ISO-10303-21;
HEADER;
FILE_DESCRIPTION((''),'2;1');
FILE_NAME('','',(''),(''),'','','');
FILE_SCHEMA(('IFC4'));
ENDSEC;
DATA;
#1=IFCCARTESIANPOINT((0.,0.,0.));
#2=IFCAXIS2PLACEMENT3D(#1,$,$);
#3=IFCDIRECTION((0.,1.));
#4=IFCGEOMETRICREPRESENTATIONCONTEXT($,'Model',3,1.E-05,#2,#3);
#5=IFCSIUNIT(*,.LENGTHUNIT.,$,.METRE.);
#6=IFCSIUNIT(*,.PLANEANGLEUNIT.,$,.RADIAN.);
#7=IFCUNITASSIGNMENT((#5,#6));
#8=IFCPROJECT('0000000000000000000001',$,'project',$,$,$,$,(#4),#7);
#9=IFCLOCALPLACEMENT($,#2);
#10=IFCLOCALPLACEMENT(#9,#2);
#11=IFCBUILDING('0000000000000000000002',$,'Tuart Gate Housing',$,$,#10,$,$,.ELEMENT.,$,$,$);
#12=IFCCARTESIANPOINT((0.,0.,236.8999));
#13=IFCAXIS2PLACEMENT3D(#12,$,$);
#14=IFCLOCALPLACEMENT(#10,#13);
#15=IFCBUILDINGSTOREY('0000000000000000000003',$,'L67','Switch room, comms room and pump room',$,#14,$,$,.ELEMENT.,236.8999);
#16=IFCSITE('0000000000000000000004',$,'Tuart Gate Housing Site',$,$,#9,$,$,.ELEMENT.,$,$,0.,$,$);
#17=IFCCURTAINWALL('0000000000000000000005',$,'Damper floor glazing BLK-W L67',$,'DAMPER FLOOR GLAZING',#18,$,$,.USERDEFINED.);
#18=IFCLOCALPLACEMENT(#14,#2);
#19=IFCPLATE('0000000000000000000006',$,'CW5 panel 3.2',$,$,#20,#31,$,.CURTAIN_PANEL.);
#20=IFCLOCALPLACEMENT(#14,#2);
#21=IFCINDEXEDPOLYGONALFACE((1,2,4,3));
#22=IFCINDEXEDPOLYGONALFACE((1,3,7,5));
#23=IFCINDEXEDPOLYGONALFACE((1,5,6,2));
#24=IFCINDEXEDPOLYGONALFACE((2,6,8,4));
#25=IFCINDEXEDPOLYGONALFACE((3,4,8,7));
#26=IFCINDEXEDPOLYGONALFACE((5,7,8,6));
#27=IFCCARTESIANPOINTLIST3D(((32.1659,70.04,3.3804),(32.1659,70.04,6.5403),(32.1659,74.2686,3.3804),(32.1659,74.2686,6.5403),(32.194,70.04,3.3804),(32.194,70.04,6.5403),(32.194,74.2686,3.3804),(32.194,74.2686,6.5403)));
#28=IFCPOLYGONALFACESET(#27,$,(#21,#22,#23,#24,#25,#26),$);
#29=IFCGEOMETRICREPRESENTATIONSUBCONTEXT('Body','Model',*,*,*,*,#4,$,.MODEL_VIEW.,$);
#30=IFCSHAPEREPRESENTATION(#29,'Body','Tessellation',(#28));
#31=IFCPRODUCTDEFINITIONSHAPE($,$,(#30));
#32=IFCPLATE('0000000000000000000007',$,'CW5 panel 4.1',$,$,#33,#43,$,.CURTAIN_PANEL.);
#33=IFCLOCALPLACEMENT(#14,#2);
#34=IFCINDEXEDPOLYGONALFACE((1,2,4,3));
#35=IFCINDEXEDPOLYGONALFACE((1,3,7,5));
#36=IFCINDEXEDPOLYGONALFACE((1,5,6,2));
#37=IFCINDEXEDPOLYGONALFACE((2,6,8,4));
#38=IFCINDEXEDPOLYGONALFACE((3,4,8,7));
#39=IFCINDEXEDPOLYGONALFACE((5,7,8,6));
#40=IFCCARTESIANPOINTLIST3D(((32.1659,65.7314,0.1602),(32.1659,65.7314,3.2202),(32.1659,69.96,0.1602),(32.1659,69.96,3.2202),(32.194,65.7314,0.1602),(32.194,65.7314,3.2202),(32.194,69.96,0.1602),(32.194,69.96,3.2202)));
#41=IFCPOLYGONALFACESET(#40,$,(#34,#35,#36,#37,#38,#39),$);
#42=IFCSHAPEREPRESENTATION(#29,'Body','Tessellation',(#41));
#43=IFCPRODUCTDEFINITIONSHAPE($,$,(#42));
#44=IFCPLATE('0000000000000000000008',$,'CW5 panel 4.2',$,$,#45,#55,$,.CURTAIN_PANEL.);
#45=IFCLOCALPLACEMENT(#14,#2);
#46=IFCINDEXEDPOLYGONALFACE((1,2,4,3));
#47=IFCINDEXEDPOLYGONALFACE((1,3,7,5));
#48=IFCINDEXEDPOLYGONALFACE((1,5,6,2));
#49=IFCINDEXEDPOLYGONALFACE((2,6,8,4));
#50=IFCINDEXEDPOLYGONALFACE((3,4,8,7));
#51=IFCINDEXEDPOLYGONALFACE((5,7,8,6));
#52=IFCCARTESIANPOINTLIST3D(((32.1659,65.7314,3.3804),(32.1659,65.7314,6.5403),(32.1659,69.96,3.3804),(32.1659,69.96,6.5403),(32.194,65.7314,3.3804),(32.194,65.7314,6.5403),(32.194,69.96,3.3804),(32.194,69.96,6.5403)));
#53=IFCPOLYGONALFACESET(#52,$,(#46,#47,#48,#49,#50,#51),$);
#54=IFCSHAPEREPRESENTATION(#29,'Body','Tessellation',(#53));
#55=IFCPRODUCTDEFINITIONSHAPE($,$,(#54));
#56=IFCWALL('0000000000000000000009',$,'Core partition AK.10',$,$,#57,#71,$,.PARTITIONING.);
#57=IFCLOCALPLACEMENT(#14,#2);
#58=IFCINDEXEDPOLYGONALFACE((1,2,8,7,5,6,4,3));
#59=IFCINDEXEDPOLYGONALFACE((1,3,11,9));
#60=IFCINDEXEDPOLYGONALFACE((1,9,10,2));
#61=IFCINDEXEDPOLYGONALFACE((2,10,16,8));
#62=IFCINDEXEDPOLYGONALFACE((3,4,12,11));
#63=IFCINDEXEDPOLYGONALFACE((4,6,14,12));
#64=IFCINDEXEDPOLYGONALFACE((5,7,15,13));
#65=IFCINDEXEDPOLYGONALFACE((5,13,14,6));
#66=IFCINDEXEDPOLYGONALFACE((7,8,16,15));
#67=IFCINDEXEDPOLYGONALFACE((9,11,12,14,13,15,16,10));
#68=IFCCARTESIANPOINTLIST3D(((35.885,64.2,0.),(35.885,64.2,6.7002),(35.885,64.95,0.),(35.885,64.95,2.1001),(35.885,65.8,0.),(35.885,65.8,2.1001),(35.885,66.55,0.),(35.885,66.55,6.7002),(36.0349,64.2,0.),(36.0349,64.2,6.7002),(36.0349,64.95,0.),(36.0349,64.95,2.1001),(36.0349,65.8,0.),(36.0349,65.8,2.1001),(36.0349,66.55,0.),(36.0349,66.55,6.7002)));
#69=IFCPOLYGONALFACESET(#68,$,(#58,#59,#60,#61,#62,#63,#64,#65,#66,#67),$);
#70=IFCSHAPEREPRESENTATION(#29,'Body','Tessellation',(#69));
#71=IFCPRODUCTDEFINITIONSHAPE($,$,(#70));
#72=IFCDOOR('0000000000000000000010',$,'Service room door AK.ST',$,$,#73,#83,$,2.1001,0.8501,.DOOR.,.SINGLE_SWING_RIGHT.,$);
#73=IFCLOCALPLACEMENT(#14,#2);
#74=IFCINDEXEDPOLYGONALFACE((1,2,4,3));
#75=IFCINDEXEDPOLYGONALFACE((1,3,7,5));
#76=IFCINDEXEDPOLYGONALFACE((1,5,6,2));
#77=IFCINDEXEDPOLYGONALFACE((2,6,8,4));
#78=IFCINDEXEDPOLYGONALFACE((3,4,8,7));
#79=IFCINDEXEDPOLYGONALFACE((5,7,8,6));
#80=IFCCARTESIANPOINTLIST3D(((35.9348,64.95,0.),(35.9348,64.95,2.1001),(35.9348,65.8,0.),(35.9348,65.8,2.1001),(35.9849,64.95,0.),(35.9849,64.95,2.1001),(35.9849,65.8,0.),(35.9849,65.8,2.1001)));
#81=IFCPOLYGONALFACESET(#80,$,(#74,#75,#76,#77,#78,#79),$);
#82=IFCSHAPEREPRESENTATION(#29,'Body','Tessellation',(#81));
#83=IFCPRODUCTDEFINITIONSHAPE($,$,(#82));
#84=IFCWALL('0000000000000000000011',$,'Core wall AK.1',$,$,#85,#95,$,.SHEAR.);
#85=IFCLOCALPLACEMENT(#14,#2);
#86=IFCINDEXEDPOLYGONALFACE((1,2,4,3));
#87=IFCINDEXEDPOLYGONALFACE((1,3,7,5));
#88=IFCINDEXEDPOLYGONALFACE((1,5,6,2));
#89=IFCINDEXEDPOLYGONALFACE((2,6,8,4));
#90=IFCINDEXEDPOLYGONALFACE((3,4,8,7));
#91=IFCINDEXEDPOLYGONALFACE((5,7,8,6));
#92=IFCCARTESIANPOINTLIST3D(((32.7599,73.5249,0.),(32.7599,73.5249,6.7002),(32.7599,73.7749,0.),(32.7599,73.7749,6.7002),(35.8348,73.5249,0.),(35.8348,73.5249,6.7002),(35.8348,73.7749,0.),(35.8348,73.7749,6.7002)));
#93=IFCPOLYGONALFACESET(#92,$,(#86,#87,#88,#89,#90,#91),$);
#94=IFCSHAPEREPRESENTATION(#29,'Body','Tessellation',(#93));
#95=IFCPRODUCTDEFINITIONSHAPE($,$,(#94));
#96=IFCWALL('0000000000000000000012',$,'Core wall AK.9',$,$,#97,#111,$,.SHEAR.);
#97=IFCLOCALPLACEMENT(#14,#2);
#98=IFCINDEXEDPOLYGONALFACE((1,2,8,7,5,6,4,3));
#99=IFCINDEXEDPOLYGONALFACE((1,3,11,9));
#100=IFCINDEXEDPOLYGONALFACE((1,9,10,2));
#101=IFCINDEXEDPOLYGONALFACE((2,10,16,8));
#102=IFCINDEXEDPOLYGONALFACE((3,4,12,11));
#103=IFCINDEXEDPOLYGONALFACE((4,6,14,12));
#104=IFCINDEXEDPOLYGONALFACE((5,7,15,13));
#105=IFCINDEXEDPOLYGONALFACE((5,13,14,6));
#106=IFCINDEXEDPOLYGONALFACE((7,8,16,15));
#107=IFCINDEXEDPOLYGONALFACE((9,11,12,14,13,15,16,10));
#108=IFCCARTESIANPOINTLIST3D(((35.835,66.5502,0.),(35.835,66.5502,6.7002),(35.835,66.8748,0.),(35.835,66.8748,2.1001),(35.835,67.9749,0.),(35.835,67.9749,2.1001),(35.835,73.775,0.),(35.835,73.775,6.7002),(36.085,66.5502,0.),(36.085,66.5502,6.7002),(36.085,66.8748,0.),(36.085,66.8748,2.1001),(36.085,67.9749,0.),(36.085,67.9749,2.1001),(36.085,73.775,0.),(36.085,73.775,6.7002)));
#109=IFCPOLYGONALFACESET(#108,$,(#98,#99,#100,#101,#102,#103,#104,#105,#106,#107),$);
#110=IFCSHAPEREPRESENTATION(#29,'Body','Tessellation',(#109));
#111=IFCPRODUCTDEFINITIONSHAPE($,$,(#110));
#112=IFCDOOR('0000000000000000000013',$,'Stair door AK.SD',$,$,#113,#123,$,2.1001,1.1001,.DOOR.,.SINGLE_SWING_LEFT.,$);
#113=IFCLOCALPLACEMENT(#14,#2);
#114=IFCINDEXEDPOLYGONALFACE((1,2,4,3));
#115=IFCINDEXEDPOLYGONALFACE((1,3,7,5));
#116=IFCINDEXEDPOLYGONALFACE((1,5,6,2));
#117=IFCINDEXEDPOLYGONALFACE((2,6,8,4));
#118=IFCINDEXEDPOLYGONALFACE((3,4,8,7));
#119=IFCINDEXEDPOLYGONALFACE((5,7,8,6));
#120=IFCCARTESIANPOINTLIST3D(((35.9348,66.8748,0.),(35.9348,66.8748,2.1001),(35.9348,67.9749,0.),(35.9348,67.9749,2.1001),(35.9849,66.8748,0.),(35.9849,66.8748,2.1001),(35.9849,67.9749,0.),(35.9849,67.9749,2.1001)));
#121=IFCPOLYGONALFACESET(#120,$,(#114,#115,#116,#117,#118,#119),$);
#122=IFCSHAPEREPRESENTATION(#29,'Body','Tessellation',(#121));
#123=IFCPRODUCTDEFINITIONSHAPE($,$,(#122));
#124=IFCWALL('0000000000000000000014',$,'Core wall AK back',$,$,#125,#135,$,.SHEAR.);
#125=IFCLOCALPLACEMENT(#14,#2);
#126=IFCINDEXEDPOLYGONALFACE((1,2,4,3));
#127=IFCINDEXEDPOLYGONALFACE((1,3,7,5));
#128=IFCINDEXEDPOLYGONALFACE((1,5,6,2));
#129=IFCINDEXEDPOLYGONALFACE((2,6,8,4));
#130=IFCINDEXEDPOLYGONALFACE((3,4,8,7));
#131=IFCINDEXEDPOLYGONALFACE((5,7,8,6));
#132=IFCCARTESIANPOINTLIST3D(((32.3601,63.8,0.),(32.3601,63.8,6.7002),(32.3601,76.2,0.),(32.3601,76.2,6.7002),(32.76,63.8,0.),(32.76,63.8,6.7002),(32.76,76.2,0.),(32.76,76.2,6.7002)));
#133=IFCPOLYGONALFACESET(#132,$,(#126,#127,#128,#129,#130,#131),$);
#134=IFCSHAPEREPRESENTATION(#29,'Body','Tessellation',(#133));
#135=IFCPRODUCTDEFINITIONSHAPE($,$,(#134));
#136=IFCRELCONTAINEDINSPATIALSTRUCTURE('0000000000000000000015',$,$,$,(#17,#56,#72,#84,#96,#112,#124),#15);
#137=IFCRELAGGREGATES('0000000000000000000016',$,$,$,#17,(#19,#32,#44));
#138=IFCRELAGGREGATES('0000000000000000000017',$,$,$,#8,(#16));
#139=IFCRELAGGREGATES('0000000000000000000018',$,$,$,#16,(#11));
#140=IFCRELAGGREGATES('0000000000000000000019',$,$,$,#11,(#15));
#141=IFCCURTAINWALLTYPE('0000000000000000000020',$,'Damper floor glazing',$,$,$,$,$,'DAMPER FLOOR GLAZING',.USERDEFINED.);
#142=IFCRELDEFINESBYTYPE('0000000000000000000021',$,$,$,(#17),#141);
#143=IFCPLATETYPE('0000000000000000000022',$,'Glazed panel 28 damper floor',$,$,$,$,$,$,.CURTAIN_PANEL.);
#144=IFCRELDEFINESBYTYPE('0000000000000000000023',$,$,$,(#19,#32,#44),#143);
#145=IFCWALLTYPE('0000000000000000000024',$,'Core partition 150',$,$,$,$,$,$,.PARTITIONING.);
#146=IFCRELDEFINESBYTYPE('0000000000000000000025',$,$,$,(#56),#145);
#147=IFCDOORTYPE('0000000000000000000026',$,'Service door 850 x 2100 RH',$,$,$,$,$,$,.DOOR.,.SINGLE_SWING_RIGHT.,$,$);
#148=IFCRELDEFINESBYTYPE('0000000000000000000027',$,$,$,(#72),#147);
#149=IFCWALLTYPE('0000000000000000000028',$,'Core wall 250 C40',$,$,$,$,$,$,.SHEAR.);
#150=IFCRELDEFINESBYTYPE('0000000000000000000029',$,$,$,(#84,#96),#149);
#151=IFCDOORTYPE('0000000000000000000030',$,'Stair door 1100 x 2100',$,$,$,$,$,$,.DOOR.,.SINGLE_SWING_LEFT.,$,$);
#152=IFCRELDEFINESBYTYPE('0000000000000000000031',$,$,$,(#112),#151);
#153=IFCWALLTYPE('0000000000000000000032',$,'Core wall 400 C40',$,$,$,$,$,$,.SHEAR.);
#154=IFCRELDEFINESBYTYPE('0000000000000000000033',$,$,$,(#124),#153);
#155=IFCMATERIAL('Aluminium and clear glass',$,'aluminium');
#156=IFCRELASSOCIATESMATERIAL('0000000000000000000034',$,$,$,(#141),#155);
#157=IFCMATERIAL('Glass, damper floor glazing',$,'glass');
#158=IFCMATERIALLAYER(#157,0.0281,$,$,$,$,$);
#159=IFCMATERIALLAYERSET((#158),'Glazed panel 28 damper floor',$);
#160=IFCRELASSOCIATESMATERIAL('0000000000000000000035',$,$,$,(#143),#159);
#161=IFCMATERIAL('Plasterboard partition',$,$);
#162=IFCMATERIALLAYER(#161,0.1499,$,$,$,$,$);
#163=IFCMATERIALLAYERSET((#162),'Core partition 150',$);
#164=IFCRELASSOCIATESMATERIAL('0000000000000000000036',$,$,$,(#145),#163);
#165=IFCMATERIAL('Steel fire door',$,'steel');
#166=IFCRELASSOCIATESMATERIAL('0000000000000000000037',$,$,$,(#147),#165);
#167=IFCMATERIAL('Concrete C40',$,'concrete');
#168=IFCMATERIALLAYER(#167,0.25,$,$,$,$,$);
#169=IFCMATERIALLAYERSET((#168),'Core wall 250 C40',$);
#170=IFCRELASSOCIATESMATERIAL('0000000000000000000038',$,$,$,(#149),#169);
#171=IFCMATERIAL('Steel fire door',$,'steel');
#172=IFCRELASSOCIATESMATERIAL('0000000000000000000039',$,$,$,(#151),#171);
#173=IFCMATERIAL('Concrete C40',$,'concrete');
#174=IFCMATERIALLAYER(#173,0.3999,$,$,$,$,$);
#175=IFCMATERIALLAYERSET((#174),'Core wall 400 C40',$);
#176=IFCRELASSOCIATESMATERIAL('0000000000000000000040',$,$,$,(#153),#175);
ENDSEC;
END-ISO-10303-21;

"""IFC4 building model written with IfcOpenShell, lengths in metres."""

from ifc_helpers import new_model, si_unit, direction, frame, frame_2d, origin, origin_2d, place, context, subcontext, project, spatial, rectangle, extrude, material, layer, layer_set, type_object, element, fill, aggregate, save


model = new_model("IFC4")

# Units and contexts
model_context = context("Model", 3, precision=1e-05, world=origin(), true_north=direction((0.0, 1.0)))
body_context = subcontext(model_context, "Body", "Model", "MODEL_VIEW")
ifc_project = project(units=[si_unit("LENGTHUNIT", "METRE"), si_unit("PLANEANGLEUNIT", "RADIAN")], contexts=[model_context])

# Site, building, storey
site_placement = place(None, origin())
site = spatial("IfcSite", under=ifc_project, at=site_placement, Name="Tuart Gate Housing Site", CompositionType="ELEMENT", RefElevation=0.0)
building_placement = place(site_placement, origin())
building = spatial("IfcBuilding", under=site, at=building_placement, Name="Tuart Gate Housing", CompositionType="ELEMENT")
storey_placement = place(building_placement, frame((0.0, 0.0, 236.8999)))
storey = spatial("IfcBuildingStorey", under=building, at=storey_placement, Name="L67", Description="Switch room, comms room and pump room", CompositionType="ELEMENT", Elevation=236.8999)

# Curtain wall, plates
ifc_material_1 = material(Name="Aluminium and clear glass", Category="aluminium")
curtain_wall_type = type_object("IfcCurtainWallType", Name="Damper floor glazing", ElementType="DAMPER FLOOR GLAZING", PredefinedType="USERDEFINED", material=ifc_material_1)
curtain_wall_placement = place(storey_placement, origin())
curtain_wall = element("IfcCurtainWall", 1, at=curtain_wall_placement, inside=storey, type_object=curtain_wall_type, Name="Damper floor glazing BLK-W L67", ObjectType="DAMPER FLOOR GLAZING", PredefinedType="USERDEFINED")
ifc_material_2 = material(Name="Glass, damper floor glazing", Category="glass")
ifc_layer_1 = layer(ifc_material_2, 0.0281)
ifc_layer_set_1 = layer_set([ifc_layer_1], Name="Glazed panel 28 damper floor")
plate_type = type_object("IfcPlateType", Name="Glazed panel 28 damper floor", PredefinedType="CURTAIN_PANEL", material=ifc_layer_set_1)
plate_1_placement = place(storey_placement, frame((32.1799, 72.1543, 3.3804), z_axis=(0.0, 0.0, 1.0), x_axis=(0.0, -1.0, 0.0)))
plate_1 = element("IfcPlate", 2, at=plate_1_placement, type_object=plate_type, Name="CW5 panel 3.2", PredefinedType="CURTAIN_PANEL", context=body_context, shape_type="SweptSolid", body=[
    extrude(rectangle(XDim=4.2285, YDim=0.0281, at=origin_2d()), origin(), (0.0, 0.0, 1.0), 3.1599),
])
plate_2_placement = place(storey_placement, frame((32.1799, 67.8457, 0.1602), z_axis=(0.0, 0.0, 1.0), x_axis=(0.0, -1.0, 0.0)))
plate_2 = element("IfcPlate", 3, at=plate_2_placement, type_object=plate_type, Name="CW5 panel 4.1", PredefinedType="CURTAIN_PANEL", context=body_context, shape_type="SweptSolid", body=[
    extrude(rectangle(XDim=4.2285, YDim=0.0281, at=origin_2d()), origin(), (0.0, 0.0, 1.0), 3.0601),
])
plate_3_placement = place(storey_placement, frame((32.1799, 67.8457, 3.3804), z_axis=(0.0, 0.0, 1.0), x_axis=(0.0, -1.0, 0.0)))
plate_3 = element("IfcPlate", 4, at=plate_3_placement, type_object=plate_type, Name="CW5 panel 4.2", PredefinedType="CURTAIN_PANEL", context=body_context, shape_type="SweptSolid", body=[
    extrude(rectangle(XDim=4.2285, YDim=0.0281, at=origin_2d()), origin(), (0.0, 0.0, 1.0), 3.1599),
])
aggregate(curtain_wall, [plate_1, plate_2, plate_3])

# Wall, opening, door
ifc_material_3 = material(Name="Plasterboard partition")
ifc_layer_2 = layer(ifc_material_3, 0.1499)
ifc_layer_set_2 = layer_set([ifc_layer_2], Name="Core partition 150")
wall_type_1 = type_object("IfcWallType", Name="Core partition 150", PredefinedType="PARTITIONING", material=ifc_layer_set_2)
wall_1_placement = place(storey_placement, frame((35.96, 66.55, 0.0), z_axis=(0.0, 0.0, 1.0), x_axis=(0.0, -1.0, 0.0)))
wall_1 = element("IfcWall", 5, at=wall_1_placement, inside=storey, type_object=wall_type_1, Name="Core partition AK.10", PredefinedType="PARTITIONING", context=body_context, shape_type="SweptSolid", body=[
    extrude(rectangle(XDim=2.3501, YDim=0.1499, at=frame_2d((1.175, 0.0))), origin(), (0.0, 0.0, 1.0), 6.7002),
])
opening_1_placement = place(wall_1_placement, frame((0.75, 0.0, 0.0)))
opening_1 = element("IfcOpeningElement", 6, at=opening_1_placement, cuts=wall_1, PredefinedType="OPENING", context=body_context, shape_type="SweptSolid", body=[
    extrude(rectangle(XDim=0.8501, YDim=2.1001, at=frame_2d((0.425, 1.05))), frame((0.0, 0.085, 0.0), z_axis=(0.0, -1.0, 0.0), x_axis=(1.0, 0.0, 0.0)), (0.0, 0.0, 1.0), 0.1699),
])
ifc_material_4 = material(Name="Steel fire door", Category="steel")
door_type_1 = type_object("IfcDoorType", Name="Service door 850 x 2100 RH", OperationType="SINGLE_SWING_RIGHT", PredefinedType="DOOR", material=ifc_material_4)
door_1_placement = place(opening_1_placement, frame((0.8501, 0.0, 0.0), z_axis=(0.0, 0.0, 1.0), x_axis=(-1.0, 0.0, 0.0)))
door_1 = element("IfcDoor", 7, at=door_1_placement, inside=storey, type_object=door_type_1, Name="Service room door AK.ST", OperationType="SINGLE_SWING_RIGHT", OverallHeight=2.1001, OverallWidth=0.8501, PredefinedType="DOOR", context=body_context, shape_type="SweptSolid", body=[
    extrude(rectangle(XDim=0.8501, YDim=2.1001, at=frame_2d((0.425, 1.05))), frame((0.0, 0.0251, 0.0), z_axis=(0.0, -1.0, 0.0), x_axis=(1.0, 0.0, 0.0)), (0.0, 0.0, 1.0), 0.05),
])
fill(opening_1, door_1)

# Wall
ifc_material_5 = material(Name="Concrete C40", Category="concrete")
ifc_layer_3 = layer(ifc_material_5, 0.25)
ifc_layer_set_3 = layer_set([ifc_layer_3], Name="Core wall 250 C40")
wall_type_2 = type_object("IfcWallType", Name="Core wall 250 C40", PredefinedType="SHEAR", material=ifc_layer_set_3)
wall_2_placement = place(storey_placement, frame((35.835, 73.6499, 0.0), z_axis=(0.0, 0.0, 1.0), x_axis=(-1.0, 0.0, 0.0)))
element("IfcWall", 8, at=wall_2_placement, inside=storey, type_object=wall_type_2, Name="Core wall AK.1", PredefinedType="SHEAR", context=body_context, shape_type="SweptSolid", body=[
    extrude(rectangle(XDim=3.075, YDim=0.25, at=frame_2d((1.5376, 0.0))), origin(), (0.0, 0.0, 1.0), 6.7002),
])

# Wall, opening, door
wall_3_placement = place(storey_placement, frame((35.96, 73.7749, 0.0), z_axis=(0.0, 0.0, 1.0), x_axis=(0.0, -1.0, 0.0)))
wall_3 = element("IfcWall", 9, at=wall_3_placement, inside=storey, type_object=wall_type_2, Name="Core wall AK.9", PredefinedType="SHEAR", context=body_context, shape_type="SweptSolid", body=[
    extrude(rectangle(XDim=7.2249, YDim=0.25, at=frame_2d((3.6123, 0.0))), origin(), (0.0, 0.0, 1.0), 6.7002),
])
opening_2_placement = place(wall_3_placement, frame((5.8, 0.0, 0.0)))
opening_2 = element("IfcOpeningElement", 10, at=opening_2_placement, cuts=wall_3, PredefinedType="OPENING", context=body_context, shape_type="SweptSolid", body=[
    extrude(rectangle(XDim=1.1001, YDim=2.1001, at=frame_2d((0.55, 1.05))), frame((0.0, 0.135, 0.0), z_axis=(0.0, -1.0, 0.0), x_axis=(1.0, 0.0, 0.0)), (0.0, 0.0, 1.0), 0.27),
])
ifc_material_6 = material(Name="Steel fire door", Category="steel")
door_type_2 = type_object("IfcDoorType", Name="Stair door 1100 x 2100", OperationType="SINGLE_SWING_LEFT", PredefinedType="DOOR", material=ifc_material_6)
door_2_placement = place(opening_2_placement, frame((1.1001, 0.0, 0.0), z_axis=(0.0, 0.0, 1.0), x_axis=(-1.0, 0.0, 0.0)))
door_2 = element("IfcDoor", 11, at=door_2_placement, inside=storey, type_object=door_type_2, Name="Stair door AK.SD", OperationType="SINGLE_SWING_LEFT", OverallHeight=2.1001, OverallWidth=1.1001, PredefinedType="DOOR", context=body_context, shape_type="SweptSolid", body=[
    extrude(rectangle(XDim=1.1001, YDim=2.1001, at=frame_2d((0.55, 1.05))), frame((0.0, 0.0251, 0.0), z_axis=(0.0, -1.0, 0.0), x_axis=(1.0, 0.0, 0.0)), (0.0, 0.0, 1.0), 0.05),
])
fill(opening_2, door_2)

# Wall
ifc_material_7 = material(Name="Concrete C40", Category="concrete")
ifc_layer_4 = layer(ifc_material_7, 0.3999)
ifc_layer_set_4 = layer_set([ifc_layer_4], Name="Core wall 400 C40")
wall_type_3 = type_object("IfcWallType", Name="Core wall 400 C40", PredefinedType="SHEAR", material=ifc_layer_set_4)
wall_4_placement = place(storey_placement, frame((32.5601, 76.2, 0.0), z_axis=(0.0, 0.0, 1.0), x_axis=(0.0, -1.0, 0.0)))
element("IfcWall", 12, at=wall_4_placement, inside=storey, type_object=wall_type_3, Name="Core wall AK back", PredefinedType="SHEAR", context=body_context, shape_type="SweptSolid", body=[
    extrude(rectangle(XDim=12.3999, YDim=0.3999, at=frame_2d((6.2, 0.0))), origin(), (0.0, 0.0, 1.0), 6.7002),
])

save(model, "model.ifc")
